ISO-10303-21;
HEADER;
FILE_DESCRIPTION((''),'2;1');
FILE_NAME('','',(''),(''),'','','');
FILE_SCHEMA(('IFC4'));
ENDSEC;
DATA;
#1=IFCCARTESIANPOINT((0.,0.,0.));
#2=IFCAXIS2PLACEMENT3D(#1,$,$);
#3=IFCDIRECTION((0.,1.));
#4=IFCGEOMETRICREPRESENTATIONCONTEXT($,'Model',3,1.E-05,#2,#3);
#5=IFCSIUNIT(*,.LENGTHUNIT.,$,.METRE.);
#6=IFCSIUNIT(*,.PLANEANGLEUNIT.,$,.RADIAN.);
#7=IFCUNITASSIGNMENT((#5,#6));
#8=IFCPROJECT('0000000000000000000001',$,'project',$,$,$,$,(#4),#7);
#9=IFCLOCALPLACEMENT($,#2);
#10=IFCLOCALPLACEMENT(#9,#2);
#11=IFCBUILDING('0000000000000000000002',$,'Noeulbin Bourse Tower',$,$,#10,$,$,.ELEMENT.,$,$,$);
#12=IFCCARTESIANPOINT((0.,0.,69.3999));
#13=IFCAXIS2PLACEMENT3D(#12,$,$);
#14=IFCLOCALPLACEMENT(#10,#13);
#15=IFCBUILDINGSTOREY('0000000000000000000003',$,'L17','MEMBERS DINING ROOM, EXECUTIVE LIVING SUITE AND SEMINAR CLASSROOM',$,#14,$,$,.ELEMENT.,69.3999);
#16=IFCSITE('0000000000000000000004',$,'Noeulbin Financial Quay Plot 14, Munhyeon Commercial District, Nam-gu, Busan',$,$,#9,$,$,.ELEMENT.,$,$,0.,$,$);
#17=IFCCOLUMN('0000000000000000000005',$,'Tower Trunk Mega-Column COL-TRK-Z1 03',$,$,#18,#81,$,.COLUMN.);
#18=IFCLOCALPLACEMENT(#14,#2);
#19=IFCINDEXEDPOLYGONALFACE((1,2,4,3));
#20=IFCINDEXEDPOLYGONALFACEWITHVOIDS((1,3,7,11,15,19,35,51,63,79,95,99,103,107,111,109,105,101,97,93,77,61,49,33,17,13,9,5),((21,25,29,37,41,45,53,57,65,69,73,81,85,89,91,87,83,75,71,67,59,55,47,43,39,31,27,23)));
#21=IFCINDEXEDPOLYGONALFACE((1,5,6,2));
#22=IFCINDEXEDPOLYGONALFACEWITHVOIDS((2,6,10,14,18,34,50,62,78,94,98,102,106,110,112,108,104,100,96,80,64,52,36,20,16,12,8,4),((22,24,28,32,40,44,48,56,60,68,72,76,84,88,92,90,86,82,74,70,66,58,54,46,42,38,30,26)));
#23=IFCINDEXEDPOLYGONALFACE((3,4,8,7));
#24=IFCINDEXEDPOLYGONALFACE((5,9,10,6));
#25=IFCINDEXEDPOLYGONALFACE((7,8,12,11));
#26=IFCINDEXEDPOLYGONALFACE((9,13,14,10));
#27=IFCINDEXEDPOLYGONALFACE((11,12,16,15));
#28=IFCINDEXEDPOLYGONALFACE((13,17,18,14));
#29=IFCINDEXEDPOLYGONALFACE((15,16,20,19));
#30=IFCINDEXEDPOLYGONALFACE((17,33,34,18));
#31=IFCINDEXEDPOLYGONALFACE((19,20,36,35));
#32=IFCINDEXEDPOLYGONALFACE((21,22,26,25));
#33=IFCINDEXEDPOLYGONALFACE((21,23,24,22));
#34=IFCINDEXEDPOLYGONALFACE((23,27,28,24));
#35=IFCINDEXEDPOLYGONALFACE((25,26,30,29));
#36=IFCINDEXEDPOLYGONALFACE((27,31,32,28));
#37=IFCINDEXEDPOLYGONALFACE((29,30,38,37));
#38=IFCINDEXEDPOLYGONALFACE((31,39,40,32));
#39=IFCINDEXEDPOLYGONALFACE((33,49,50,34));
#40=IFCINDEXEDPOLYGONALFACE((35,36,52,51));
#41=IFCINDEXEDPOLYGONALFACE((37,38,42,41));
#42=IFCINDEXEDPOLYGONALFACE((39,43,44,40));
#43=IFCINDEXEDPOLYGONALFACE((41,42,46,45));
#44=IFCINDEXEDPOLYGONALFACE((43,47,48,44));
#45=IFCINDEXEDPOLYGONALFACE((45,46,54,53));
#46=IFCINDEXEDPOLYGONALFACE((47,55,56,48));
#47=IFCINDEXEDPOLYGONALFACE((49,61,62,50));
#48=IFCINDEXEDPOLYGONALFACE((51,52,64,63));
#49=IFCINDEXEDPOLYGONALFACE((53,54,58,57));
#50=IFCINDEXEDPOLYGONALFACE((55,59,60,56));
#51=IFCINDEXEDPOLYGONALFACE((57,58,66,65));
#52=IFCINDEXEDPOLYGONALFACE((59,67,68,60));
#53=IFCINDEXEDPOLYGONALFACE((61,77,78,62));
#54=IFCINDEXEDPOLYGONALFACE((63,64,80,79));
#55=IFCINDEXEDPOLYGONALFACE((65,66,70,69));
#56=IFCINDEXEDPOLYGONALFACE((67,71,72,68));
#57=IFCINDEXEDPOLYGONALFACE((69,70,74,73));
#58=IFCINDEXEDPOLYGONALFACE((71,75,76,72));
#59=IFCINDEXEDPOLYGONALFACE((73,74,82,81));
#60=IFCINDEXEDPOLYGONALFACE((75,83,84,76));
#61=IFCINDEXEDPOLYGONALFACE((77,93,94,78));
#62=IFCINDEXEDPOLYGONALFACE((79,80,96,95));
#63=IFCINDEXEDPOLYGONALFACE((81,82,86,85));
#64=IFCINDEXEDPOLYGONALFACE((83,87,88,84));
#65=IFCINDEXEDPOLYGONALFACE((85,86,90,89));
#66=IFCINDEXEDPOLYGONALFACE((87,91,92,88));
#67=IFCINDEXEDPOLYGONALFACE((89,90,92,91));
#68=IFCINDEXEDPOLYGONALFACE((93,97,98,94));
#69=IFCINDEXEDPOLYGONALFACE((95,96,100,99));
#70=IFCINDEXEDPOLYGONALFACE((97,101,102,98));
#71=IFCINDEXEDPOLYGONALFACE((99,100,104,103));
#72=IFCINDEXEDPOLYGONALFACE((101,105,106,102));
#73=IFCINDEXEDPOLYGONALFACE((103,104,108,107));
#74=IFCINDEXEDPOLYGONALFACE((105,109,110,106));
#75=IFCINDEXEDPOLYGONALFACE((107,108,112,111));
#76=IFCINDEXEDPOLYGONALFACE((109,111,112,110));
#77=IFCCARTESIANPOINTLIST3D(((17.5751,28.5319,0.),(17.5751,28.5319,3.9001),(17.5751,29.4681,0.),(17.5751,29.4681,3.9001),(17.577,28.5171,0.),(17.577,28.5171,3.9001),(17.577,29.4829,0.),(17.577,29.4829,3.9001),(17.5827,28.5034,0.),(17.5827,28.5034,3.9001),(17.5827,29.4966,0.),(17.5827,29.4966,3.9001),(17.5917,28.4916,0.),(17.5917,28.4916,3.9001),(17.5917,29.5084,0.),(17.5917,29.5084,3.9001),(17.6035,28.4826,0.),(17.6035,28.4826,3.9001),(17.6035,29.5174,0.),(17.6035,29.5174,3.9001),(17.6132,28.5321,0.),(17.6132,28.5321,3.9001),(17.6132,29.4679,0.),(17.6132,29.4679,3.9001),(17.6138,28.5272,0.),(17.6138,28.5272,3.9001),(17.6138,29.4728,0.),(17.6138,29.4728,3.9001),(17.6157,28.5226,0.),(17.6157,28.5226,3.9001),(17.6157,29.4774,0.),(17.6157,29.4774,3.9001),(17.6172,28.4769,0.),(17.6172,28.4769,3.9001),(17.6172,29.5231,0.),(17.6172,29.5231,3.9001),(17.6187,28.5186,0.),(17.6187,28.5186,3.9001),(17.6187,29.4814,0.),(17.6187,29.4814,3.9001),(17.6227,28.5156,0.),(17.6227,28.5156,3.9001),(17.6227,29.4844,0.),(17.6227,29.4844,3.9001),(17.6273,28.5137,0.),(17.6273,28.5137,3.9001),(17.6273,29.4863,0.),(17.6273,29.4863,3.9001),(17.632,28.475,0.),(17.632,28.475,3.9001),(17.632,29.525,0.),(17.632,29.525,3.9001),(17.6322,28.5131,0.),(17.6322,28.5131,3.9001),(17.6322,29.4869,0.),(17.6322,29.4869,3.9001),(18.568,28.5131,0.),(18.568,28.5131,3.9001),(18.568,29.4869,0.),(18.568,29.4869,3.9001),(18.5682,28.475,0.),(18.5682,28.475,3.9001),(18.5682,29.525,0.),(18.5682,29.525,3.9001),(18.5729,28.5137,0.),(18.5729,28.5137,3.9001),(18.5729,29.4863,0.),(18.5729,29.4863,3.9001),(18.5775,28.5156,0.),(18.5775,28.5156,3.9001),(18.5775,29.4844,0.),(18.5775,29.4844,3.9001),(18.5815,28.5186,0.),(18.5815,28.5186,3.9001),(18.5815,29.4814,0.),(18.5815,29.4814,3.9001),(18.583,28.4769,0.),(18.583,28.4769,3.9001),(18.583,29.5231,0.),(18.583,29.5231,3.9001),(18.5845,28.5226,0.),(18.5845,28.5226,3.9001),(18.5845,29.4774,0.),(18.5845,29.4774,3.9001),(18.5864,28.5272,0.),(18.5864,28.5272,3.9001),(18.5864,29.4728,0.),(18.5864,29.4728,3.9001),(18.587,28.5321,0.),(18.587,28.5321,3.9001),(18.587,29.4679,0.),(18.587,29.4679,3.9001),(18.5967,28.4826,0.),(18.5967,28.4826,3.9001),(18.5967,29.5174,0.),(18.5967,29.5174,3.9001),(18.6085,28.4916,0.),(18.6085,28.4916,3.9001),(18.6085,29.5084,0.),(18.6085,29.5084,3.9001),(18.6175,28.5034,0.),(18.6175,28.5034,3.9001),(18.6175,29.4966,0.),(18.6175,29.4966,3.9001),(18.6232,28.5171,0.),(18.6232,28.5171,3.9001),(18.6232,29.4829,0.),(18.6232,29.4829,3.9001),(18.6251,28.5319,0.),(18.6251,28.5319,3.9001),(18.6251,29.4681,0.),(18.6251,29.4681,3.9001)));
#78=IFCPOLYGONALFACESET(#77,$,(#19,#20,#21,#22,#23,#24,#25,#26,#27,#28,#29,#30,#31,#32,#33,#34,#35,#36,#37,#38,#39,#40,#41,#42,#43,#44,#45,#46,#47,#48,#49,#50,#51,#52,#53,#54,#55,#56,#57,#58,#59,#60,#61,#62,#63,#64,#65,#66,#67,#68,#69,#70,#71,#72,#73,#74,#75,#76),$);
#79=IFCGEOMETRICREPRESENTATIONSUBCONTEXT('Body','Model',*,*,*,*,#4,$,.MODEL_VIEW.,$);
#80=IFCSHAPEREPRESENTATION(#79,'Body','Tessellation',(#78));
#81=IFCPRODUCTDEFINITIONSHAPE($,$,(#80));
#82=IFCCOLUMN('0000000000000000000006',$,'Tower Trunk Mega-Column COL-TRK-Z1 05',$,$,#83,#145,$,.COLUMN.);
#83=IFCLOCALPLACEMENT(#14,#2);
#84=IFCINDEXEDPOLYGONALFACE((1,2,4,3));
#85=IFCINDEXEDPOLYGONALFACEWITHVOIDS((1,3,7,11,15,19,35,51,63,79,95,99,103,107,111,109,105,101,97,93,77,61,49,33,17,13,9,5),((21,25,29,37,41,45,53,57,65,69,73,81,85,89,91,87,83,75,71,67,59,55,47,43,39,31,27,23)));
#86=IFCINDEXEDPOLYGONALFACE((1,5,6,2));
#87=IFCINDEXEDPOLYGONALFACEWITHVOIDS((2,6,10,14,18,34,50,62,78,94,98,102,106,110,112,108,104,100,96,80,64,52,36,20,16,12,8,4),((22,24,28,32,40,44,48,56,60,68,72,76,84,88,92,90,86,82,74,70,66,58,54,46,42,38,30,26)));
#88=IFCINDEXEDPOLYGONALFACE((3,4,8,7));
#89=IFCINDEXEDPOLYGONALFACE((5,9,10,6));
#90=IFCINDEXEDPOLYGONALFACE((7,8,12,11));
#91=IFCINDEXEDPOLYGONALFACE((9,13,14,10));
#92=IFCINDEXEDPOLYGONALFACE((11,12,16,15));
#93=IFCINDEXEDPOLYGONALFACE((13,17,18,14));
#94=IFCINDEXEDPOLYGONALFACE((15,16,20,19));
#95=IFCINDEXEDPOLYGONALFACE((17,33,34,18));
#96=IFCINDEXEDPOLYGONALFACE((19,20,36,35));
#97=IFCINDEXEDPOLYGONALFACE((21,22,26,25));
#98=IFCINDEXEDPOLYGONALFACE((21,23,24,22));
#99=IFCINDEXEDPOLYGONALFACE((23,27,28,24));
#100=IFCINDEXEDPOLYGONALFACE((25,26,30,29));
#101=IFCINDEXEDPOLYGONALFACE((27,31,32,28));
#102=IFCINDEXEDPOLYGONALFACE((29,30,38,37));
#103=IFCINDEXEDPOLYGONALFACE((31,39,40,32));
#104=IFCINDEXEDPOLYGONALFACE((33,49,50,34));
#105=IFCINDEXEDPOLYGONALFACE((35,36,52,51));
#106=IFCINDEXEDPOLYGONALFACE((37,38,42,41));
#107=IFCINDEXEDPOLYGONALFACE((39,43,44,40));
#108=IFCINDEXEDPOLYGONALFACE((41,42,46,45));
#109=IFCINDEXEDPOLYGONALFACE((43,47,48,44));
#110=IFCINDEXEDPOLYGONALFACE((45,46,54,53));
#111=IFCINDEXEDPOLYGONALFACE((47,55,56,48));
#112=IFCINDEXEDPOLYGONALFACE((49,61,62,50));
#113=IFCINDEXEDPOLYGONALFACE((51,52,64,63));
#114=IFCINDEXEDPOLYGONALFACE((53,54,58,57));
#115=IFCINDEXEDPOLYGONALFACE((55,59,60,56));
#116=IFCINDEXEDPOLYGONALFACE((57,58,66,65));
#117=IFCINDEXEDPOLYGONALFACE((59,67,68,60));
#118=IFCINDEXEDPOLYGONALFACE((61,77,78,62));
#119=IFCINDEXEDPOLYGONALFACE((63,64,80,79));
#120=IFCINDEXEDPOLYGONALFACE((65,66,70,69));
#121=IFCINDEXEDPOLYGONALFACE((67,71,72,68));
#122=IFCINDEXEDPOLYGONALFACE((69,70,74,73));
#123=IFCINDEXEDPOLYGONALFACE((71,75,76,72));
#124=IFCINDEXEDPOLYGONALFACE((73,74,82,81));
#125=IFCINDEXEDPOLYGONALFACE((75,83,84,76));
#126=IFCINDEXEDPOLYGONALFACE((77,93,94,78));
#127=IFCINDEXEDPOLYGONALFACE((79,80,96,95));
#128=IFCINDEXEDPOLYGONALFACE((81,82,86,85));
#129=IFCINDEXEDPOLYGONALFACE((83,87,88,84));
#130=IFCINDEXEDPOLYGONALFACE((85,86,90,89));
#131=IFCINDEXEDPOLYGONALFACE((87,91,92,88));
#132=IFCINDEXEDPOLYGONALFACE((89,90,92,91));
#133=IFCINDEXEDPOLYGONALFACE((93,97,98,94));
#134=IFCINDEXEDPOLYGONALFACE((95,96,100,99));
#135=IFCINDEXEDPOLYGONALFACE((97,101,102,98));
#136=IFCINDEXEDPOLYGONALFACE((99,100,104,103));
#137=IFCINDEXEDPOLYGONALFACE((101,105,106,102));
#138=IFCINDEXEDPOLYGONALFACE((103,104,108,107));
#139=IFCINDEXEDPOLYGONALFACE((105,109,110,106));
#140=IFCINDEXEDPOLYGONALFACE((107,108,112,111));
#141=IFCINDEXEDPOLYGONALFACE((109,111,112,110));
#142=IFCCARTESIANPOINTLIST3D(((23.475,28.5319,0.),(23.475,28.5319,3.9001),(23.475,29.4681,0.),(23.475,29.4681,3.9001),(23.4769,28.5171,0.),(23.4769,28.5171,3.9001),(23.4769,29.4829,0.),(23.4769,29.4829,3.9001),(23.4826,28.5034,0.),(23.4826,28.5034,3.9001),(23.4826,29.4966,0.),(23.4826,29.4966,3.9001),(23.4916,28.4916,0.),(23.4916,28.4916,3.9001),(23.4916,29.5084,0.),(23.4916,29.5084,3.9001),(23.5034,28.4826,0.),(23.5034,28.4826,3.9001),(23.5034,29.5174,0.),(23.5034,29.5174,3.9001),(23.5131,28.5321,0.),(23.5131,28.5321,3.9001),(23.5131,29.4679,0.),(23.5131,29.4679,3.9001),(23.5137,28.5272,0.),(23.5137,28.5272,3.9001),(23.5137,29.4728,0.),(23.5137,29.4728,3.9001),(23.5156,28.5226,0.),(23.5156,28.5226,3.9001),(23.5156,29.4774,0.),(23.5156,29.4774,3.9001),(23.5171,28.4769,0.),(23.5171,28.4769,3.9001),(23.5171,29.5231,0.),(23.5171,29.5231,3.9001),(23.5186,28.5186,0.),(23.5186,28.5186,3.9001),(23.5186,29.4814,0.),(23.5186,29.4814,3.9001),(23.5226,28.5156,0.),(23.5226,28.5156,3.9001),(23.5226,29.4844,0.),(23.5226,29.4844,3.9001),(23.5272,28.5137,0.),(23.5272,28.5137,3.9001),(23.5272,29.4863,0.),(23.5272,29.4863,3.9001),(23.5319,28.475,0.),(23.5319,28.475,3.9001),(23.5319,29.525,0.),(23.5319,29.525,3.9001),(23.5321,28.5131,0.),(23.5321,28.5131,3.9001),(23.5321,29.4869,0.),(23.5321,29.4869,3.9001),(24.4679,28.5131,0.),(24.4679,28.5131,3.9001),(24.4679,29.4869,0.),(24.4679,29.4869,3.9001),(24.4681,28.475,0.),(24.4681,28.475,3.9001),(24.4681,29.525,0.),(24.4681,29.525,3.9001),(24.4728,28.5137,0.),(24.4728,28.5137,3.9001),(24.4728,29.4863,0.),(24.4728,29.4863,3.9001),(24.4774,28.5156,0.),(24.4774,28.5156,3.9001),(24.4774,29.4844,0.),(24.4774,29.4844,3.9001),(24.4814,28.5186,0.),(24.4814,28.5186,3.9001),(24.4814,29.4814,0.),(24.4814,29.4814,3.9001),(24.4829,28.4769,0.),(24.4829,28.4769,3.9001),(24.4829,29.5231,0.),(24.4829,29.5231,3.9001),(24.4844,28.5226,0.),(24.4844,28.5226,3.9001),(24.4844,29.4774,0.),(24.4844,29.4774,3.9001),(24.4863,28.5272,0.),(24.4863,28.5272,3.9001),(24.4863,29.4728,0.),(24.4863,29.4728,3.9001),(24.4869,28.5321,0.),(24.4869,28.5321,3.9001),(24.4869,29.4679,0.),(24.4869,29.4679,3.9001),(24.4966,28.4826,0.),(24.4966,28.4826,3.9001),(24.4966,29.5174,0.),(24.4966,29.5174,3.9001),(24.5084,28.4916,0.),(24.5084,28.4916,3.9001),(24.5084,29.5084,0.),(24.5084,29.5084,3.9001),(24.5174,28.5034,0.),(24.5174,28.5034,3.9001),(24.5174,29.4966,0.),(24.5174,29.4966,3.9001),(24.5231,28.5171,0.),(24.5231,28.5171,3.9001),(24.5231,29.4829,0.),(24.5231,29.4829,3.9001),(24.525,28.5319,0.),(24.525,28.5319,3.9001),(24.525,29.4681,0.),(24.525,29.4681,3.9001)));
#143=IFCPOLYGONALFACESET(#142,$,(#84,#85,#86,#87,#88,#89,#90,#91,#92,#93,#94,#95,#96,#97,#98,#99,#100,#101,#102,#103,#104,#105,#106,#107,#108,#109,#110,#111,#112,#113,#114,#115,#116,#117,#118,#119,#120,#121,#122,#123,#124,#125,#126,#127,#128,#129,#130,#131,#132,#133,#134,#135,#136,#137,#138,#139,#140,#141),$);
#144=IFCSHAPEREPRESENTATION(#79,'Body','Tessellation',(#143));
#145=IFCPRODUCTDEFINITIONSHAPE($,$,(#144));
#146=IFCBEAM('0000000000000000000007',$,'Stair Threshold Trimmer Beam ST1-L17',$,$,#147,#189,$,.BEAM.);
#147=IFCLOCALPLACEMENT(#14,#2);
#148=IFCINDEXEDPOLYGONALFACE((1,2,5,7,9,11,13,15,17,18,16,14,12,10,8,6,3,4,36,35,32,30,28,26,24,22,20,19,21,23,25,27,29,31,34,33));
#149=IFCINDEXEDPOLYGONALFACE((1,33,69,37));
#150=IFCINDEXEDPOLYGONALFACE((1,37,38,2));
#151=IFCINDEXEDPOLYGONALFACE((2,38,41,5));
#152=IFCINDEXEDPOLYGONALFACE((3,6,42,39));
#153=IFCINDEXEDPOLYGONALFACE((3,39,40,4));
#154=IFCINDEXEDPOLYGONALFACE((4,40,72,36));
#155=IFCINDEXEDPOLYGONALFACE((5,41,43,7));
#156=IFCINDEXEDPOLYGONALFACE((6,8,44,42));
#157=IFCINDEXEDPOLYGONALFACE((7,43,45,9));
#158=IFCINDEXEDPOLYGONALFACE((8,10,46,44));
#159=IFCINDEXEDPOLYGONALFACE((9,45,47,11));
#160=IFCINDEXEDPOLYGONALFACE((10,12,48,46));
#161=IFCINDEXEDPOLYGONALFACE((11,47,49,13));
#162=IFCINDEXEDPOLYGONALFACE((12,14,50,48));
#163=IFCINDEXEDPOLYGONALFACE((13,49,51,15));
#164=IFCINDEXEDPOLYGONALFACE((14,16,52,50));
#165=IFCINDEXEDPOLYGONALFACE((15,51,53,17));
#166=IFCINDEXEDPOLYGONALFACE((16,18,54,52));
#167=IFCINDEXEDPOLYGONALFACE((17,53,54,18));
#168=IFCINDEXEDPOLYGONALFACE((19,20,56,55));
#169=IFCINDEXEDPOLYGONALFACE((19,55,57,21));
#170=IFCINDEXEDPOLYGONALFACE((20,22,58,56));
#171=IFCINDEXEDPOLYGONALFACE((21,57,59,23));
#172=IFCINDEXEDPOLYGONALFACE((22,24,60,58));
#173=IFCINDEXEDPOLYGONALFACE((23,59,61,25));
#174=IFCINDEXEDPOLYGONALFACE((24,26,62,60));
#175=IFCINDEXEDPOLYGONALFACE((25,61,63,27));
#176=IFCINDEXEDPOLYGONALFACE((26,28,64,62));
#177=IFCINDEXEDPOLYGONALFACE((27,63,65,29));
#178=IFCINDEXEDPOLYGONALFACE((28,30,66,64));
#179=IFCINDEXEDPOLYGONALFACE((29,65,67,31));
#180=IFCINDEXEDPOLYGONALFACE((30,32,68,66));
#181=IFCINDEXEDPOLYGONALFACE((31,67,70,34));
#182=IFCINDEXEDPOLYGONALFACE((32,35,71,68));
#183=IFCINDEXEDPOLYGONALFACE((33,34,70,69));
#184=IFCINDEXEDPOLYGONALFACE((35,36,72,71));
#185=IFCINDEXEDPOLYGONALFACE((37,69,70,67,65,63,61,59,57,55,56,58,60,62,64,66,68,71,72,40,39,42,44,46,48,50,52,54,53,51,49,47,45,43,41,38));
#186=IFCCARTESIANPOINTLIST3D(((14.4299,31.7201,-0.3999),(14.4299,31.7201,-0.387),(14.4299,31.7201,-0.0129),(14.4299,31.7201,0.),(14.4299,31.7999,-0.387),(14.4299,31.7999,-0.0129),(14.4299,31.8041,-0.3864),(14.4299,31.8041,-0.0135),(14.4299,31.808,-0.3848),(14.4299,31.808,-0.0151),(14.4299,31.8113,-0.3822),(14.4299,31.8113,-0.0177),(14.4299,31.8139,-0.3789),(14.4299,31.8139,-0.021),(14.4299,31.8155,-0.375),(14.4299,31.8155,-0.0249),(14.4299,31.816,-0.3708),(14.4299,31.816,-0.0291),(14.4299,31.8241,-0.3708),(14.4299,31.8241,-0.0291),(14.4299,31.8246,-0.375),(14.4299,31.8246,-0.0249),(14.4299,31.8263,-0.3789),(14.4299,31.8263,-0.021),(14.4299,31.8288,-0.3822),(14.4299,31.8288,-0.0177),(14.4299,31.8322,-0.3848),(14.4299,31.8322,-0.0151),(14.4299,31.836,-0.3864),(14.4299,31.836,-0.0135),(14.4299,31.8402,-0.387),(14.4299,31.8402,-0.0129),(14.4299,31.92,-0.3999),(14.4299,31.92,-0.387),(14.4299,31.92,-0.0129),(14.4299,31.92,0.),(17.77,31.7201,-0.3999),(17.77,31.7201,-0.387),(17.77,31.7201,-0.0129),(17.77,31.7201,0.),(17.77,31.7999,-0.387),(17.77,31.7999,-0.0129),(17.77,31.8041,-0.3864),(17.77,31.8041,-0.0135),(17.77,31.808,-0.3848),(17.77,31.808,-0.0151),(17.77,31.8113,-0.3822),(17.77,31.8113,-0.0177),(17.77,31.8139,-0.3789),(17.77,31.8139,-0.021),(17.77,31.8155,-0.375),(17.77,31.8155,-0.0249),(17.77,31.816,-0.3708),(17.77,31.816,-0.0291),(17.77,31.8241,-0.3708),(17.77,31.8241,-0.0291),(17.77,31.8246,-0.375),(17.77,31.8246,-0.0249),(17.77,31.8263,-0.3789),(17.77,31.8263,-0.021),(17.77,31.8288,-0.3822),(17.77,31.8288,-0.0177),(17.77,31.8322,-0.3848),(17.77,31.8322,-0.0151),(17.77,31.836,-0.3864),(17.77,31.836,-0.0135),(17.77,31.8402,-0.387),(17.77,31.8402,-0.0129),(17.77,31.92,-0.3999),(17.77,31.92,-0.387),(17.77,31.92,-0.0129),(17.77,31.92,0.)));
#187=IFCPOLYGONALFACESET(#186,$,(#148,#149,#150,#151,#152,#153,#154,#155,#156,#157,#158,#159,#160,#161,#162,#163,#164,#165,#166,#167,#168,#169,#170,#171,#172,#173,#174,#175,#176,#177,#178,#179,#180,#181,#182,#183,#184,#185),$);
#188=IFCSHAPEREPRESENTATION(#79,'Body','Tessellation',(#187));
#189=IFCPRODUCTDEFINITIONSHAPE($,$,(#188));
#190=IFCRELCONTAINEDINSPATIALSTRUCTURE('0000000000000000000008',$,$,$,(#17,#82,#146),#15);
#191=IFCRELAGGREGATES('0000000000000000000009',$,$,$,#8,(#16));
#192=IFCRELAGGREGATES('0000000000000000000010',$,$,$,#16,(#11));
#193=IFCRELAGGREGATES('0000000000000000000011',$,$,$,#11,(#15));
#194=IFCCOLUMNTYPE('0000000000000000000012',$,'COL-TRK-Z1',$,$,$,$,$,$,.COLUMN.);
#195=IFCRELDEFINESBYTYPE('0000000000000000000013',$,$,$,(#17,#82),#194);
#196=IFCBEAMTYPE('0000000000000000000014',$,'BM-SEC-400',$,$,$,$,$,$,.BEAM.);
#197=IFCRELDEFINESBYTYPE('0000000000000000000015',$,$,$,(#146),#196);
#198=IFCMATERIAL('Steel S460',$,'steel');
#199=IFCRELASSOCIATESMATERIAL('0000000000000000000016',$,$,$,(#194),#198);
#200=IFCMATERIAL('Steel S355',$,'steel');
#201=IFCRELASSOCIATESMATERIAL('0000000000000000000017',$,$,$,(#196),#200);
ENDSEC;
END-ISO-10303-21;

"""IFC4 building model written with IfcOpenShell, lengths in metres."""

from ifc_helpers import new_model, si_unit, direction, frame, origin, origin_2d, place, context, subcontext, project, spatial, hollow_rectangle, i_section, extrude, material, material_profile, profile_set, type_object, element, save


model = new_model("IFC4")

# Units and contexts
model_context = context("Model", 3, precision=1e-05, world=origin(), true_north=direction((0.0, 1.0)))
body_context = subcontext(model_context, "Body", "Model", "MODEL_VIEW")
ifc_project = project(units=[si_unit("LENGTHUNIT", "METRE"), si_unit("PLANEANGLEUNIT", "RADIAN")], contexts=[model_context])

# Site, building, storey
site_placement = place(None, origin())
site = spatial("IfcSite", under=ifc_project, at=site_placement, Name="Noeulbin Financial Quay Plot 14, Munhyeon Commercial District, Nam-gu, Busan", CompositionType="ELEMENT", RefElevation=0.0)
building_placement = place(site_placement, origin())
building = spatial("IfcBuilding", under=site, at=building_placement, Name="Noeulbin Bourse Tower", CompositionType="ELEMENT")
storey_placement = place(building_placement, frame((0.0, 0.0, 69.3999)))
storey = spatial("IfcBuildingStorey", under=building, at=storey_placement, Name="L17", Description="MEMBERS DINING ROOM, EXECUTIVE LIVING SUITE AND SEMINAR CLASSROOM", CompositionType="ELEMENT", Elevation=69.3999)

# Columns
ifc_material_1 = material(Name="Steel S460", Category="steel")
ifc_material_profile_1 = material_profile(ifc_material_1, hollow_rectangle(XDim=1.05, YDim=1.05, WallThickness=0.0381, InnerFilletRadius=0.019, OuterFilletRadius=0.0569, at=origin_2d()), Name="BOX-1050x1050x38", Category="LoadBearing")
ifc_profile_set_1 = profile_set([ifc_material_profile_1], Name="Steel S460")
column_type = type_object("IfcColumnType", Name="COL-TRK-Z1", PredefinedType="COLUMN", material=ifc_profile_set_1)
for number, where, z_axis, x_axis, name in (
    (1, (18.1001, 29.0, 0.0), (0.0, 0.0, 1.0), (1.0, 0.0, 0.0), "Tower Trunk Mega-Column COL-TRK-Z1 03"),
    (2, (24.0, 29.0, 0.0), (0.0, 0.0, 1.0), (1.0, 0.0, 0.0), "Tower Trunk Mega-Column COL-TRK-Z1 05"),
):
    element("IfcColumn", number, at=place(storey_placement, frame(where, z_axis=z_axis, x_axis=x_axis)), inside=storey, type_object=column_type, Name=name, PredefinedType="COLUMN", context=body_context, shape_type="SweptSolid", body=[
        extrude(hollow_rectangle(XDim=1.05, YDim=1.05, WallThickness=0.0381, InnerFilletRadius=0.019, OuterFilletRadius=0.0569, at=origin_2d()), origin(), (0.0, 0.0, 1.0), 3.9001),
    ])

# Beam
ifc_material_2 = material(Name="Steel S355", Category="steel")
ifc_material_profile_2 = material_profile(ifc_material_2, i_section(OverallWidth=0.2, OverallDepth=0.3999, WebThickness=0.0081, FlangeThickness=0.0129, FilletRadius=0.0161, at=origin_2d()), Name="H-400x200x8x13", Category="LoadBearing")
ifc_profile_set_2 = profile_set([ifc_material_profile_2], Name="Steel S355")
beam_type = type_object("IfcBeamType", Name="BM-SEC-400", PredefinedType="BEAM", material=ifc_profile_set_2)
beam_placement = place(storey_placement, frame((14.4299, 31.8201, -0.2), z_axis=(1.0, 0.0, 0.0), x_axis=(0.0, 1.0, 0.0)))
element("IfcBeam", 3, at=beam_placement, inside=storey, type_object=beam_type, Name="Stair Threshold Trimmer Beam ST1-L17", PredefinedType="BEAM", context=body_context, shape_type="SweptSolid", body=[
    extrude(i_section(OverallWidth=0.2, OverallDepth=0.3999, WebThickness=0.0081, FlangeThickness=0.0129, FilletRadius=0.0161, at=origin_2d()), origin(), (0.0, 0.0, 1.0), 3.3401),
])

save(model, "model.ifc")
